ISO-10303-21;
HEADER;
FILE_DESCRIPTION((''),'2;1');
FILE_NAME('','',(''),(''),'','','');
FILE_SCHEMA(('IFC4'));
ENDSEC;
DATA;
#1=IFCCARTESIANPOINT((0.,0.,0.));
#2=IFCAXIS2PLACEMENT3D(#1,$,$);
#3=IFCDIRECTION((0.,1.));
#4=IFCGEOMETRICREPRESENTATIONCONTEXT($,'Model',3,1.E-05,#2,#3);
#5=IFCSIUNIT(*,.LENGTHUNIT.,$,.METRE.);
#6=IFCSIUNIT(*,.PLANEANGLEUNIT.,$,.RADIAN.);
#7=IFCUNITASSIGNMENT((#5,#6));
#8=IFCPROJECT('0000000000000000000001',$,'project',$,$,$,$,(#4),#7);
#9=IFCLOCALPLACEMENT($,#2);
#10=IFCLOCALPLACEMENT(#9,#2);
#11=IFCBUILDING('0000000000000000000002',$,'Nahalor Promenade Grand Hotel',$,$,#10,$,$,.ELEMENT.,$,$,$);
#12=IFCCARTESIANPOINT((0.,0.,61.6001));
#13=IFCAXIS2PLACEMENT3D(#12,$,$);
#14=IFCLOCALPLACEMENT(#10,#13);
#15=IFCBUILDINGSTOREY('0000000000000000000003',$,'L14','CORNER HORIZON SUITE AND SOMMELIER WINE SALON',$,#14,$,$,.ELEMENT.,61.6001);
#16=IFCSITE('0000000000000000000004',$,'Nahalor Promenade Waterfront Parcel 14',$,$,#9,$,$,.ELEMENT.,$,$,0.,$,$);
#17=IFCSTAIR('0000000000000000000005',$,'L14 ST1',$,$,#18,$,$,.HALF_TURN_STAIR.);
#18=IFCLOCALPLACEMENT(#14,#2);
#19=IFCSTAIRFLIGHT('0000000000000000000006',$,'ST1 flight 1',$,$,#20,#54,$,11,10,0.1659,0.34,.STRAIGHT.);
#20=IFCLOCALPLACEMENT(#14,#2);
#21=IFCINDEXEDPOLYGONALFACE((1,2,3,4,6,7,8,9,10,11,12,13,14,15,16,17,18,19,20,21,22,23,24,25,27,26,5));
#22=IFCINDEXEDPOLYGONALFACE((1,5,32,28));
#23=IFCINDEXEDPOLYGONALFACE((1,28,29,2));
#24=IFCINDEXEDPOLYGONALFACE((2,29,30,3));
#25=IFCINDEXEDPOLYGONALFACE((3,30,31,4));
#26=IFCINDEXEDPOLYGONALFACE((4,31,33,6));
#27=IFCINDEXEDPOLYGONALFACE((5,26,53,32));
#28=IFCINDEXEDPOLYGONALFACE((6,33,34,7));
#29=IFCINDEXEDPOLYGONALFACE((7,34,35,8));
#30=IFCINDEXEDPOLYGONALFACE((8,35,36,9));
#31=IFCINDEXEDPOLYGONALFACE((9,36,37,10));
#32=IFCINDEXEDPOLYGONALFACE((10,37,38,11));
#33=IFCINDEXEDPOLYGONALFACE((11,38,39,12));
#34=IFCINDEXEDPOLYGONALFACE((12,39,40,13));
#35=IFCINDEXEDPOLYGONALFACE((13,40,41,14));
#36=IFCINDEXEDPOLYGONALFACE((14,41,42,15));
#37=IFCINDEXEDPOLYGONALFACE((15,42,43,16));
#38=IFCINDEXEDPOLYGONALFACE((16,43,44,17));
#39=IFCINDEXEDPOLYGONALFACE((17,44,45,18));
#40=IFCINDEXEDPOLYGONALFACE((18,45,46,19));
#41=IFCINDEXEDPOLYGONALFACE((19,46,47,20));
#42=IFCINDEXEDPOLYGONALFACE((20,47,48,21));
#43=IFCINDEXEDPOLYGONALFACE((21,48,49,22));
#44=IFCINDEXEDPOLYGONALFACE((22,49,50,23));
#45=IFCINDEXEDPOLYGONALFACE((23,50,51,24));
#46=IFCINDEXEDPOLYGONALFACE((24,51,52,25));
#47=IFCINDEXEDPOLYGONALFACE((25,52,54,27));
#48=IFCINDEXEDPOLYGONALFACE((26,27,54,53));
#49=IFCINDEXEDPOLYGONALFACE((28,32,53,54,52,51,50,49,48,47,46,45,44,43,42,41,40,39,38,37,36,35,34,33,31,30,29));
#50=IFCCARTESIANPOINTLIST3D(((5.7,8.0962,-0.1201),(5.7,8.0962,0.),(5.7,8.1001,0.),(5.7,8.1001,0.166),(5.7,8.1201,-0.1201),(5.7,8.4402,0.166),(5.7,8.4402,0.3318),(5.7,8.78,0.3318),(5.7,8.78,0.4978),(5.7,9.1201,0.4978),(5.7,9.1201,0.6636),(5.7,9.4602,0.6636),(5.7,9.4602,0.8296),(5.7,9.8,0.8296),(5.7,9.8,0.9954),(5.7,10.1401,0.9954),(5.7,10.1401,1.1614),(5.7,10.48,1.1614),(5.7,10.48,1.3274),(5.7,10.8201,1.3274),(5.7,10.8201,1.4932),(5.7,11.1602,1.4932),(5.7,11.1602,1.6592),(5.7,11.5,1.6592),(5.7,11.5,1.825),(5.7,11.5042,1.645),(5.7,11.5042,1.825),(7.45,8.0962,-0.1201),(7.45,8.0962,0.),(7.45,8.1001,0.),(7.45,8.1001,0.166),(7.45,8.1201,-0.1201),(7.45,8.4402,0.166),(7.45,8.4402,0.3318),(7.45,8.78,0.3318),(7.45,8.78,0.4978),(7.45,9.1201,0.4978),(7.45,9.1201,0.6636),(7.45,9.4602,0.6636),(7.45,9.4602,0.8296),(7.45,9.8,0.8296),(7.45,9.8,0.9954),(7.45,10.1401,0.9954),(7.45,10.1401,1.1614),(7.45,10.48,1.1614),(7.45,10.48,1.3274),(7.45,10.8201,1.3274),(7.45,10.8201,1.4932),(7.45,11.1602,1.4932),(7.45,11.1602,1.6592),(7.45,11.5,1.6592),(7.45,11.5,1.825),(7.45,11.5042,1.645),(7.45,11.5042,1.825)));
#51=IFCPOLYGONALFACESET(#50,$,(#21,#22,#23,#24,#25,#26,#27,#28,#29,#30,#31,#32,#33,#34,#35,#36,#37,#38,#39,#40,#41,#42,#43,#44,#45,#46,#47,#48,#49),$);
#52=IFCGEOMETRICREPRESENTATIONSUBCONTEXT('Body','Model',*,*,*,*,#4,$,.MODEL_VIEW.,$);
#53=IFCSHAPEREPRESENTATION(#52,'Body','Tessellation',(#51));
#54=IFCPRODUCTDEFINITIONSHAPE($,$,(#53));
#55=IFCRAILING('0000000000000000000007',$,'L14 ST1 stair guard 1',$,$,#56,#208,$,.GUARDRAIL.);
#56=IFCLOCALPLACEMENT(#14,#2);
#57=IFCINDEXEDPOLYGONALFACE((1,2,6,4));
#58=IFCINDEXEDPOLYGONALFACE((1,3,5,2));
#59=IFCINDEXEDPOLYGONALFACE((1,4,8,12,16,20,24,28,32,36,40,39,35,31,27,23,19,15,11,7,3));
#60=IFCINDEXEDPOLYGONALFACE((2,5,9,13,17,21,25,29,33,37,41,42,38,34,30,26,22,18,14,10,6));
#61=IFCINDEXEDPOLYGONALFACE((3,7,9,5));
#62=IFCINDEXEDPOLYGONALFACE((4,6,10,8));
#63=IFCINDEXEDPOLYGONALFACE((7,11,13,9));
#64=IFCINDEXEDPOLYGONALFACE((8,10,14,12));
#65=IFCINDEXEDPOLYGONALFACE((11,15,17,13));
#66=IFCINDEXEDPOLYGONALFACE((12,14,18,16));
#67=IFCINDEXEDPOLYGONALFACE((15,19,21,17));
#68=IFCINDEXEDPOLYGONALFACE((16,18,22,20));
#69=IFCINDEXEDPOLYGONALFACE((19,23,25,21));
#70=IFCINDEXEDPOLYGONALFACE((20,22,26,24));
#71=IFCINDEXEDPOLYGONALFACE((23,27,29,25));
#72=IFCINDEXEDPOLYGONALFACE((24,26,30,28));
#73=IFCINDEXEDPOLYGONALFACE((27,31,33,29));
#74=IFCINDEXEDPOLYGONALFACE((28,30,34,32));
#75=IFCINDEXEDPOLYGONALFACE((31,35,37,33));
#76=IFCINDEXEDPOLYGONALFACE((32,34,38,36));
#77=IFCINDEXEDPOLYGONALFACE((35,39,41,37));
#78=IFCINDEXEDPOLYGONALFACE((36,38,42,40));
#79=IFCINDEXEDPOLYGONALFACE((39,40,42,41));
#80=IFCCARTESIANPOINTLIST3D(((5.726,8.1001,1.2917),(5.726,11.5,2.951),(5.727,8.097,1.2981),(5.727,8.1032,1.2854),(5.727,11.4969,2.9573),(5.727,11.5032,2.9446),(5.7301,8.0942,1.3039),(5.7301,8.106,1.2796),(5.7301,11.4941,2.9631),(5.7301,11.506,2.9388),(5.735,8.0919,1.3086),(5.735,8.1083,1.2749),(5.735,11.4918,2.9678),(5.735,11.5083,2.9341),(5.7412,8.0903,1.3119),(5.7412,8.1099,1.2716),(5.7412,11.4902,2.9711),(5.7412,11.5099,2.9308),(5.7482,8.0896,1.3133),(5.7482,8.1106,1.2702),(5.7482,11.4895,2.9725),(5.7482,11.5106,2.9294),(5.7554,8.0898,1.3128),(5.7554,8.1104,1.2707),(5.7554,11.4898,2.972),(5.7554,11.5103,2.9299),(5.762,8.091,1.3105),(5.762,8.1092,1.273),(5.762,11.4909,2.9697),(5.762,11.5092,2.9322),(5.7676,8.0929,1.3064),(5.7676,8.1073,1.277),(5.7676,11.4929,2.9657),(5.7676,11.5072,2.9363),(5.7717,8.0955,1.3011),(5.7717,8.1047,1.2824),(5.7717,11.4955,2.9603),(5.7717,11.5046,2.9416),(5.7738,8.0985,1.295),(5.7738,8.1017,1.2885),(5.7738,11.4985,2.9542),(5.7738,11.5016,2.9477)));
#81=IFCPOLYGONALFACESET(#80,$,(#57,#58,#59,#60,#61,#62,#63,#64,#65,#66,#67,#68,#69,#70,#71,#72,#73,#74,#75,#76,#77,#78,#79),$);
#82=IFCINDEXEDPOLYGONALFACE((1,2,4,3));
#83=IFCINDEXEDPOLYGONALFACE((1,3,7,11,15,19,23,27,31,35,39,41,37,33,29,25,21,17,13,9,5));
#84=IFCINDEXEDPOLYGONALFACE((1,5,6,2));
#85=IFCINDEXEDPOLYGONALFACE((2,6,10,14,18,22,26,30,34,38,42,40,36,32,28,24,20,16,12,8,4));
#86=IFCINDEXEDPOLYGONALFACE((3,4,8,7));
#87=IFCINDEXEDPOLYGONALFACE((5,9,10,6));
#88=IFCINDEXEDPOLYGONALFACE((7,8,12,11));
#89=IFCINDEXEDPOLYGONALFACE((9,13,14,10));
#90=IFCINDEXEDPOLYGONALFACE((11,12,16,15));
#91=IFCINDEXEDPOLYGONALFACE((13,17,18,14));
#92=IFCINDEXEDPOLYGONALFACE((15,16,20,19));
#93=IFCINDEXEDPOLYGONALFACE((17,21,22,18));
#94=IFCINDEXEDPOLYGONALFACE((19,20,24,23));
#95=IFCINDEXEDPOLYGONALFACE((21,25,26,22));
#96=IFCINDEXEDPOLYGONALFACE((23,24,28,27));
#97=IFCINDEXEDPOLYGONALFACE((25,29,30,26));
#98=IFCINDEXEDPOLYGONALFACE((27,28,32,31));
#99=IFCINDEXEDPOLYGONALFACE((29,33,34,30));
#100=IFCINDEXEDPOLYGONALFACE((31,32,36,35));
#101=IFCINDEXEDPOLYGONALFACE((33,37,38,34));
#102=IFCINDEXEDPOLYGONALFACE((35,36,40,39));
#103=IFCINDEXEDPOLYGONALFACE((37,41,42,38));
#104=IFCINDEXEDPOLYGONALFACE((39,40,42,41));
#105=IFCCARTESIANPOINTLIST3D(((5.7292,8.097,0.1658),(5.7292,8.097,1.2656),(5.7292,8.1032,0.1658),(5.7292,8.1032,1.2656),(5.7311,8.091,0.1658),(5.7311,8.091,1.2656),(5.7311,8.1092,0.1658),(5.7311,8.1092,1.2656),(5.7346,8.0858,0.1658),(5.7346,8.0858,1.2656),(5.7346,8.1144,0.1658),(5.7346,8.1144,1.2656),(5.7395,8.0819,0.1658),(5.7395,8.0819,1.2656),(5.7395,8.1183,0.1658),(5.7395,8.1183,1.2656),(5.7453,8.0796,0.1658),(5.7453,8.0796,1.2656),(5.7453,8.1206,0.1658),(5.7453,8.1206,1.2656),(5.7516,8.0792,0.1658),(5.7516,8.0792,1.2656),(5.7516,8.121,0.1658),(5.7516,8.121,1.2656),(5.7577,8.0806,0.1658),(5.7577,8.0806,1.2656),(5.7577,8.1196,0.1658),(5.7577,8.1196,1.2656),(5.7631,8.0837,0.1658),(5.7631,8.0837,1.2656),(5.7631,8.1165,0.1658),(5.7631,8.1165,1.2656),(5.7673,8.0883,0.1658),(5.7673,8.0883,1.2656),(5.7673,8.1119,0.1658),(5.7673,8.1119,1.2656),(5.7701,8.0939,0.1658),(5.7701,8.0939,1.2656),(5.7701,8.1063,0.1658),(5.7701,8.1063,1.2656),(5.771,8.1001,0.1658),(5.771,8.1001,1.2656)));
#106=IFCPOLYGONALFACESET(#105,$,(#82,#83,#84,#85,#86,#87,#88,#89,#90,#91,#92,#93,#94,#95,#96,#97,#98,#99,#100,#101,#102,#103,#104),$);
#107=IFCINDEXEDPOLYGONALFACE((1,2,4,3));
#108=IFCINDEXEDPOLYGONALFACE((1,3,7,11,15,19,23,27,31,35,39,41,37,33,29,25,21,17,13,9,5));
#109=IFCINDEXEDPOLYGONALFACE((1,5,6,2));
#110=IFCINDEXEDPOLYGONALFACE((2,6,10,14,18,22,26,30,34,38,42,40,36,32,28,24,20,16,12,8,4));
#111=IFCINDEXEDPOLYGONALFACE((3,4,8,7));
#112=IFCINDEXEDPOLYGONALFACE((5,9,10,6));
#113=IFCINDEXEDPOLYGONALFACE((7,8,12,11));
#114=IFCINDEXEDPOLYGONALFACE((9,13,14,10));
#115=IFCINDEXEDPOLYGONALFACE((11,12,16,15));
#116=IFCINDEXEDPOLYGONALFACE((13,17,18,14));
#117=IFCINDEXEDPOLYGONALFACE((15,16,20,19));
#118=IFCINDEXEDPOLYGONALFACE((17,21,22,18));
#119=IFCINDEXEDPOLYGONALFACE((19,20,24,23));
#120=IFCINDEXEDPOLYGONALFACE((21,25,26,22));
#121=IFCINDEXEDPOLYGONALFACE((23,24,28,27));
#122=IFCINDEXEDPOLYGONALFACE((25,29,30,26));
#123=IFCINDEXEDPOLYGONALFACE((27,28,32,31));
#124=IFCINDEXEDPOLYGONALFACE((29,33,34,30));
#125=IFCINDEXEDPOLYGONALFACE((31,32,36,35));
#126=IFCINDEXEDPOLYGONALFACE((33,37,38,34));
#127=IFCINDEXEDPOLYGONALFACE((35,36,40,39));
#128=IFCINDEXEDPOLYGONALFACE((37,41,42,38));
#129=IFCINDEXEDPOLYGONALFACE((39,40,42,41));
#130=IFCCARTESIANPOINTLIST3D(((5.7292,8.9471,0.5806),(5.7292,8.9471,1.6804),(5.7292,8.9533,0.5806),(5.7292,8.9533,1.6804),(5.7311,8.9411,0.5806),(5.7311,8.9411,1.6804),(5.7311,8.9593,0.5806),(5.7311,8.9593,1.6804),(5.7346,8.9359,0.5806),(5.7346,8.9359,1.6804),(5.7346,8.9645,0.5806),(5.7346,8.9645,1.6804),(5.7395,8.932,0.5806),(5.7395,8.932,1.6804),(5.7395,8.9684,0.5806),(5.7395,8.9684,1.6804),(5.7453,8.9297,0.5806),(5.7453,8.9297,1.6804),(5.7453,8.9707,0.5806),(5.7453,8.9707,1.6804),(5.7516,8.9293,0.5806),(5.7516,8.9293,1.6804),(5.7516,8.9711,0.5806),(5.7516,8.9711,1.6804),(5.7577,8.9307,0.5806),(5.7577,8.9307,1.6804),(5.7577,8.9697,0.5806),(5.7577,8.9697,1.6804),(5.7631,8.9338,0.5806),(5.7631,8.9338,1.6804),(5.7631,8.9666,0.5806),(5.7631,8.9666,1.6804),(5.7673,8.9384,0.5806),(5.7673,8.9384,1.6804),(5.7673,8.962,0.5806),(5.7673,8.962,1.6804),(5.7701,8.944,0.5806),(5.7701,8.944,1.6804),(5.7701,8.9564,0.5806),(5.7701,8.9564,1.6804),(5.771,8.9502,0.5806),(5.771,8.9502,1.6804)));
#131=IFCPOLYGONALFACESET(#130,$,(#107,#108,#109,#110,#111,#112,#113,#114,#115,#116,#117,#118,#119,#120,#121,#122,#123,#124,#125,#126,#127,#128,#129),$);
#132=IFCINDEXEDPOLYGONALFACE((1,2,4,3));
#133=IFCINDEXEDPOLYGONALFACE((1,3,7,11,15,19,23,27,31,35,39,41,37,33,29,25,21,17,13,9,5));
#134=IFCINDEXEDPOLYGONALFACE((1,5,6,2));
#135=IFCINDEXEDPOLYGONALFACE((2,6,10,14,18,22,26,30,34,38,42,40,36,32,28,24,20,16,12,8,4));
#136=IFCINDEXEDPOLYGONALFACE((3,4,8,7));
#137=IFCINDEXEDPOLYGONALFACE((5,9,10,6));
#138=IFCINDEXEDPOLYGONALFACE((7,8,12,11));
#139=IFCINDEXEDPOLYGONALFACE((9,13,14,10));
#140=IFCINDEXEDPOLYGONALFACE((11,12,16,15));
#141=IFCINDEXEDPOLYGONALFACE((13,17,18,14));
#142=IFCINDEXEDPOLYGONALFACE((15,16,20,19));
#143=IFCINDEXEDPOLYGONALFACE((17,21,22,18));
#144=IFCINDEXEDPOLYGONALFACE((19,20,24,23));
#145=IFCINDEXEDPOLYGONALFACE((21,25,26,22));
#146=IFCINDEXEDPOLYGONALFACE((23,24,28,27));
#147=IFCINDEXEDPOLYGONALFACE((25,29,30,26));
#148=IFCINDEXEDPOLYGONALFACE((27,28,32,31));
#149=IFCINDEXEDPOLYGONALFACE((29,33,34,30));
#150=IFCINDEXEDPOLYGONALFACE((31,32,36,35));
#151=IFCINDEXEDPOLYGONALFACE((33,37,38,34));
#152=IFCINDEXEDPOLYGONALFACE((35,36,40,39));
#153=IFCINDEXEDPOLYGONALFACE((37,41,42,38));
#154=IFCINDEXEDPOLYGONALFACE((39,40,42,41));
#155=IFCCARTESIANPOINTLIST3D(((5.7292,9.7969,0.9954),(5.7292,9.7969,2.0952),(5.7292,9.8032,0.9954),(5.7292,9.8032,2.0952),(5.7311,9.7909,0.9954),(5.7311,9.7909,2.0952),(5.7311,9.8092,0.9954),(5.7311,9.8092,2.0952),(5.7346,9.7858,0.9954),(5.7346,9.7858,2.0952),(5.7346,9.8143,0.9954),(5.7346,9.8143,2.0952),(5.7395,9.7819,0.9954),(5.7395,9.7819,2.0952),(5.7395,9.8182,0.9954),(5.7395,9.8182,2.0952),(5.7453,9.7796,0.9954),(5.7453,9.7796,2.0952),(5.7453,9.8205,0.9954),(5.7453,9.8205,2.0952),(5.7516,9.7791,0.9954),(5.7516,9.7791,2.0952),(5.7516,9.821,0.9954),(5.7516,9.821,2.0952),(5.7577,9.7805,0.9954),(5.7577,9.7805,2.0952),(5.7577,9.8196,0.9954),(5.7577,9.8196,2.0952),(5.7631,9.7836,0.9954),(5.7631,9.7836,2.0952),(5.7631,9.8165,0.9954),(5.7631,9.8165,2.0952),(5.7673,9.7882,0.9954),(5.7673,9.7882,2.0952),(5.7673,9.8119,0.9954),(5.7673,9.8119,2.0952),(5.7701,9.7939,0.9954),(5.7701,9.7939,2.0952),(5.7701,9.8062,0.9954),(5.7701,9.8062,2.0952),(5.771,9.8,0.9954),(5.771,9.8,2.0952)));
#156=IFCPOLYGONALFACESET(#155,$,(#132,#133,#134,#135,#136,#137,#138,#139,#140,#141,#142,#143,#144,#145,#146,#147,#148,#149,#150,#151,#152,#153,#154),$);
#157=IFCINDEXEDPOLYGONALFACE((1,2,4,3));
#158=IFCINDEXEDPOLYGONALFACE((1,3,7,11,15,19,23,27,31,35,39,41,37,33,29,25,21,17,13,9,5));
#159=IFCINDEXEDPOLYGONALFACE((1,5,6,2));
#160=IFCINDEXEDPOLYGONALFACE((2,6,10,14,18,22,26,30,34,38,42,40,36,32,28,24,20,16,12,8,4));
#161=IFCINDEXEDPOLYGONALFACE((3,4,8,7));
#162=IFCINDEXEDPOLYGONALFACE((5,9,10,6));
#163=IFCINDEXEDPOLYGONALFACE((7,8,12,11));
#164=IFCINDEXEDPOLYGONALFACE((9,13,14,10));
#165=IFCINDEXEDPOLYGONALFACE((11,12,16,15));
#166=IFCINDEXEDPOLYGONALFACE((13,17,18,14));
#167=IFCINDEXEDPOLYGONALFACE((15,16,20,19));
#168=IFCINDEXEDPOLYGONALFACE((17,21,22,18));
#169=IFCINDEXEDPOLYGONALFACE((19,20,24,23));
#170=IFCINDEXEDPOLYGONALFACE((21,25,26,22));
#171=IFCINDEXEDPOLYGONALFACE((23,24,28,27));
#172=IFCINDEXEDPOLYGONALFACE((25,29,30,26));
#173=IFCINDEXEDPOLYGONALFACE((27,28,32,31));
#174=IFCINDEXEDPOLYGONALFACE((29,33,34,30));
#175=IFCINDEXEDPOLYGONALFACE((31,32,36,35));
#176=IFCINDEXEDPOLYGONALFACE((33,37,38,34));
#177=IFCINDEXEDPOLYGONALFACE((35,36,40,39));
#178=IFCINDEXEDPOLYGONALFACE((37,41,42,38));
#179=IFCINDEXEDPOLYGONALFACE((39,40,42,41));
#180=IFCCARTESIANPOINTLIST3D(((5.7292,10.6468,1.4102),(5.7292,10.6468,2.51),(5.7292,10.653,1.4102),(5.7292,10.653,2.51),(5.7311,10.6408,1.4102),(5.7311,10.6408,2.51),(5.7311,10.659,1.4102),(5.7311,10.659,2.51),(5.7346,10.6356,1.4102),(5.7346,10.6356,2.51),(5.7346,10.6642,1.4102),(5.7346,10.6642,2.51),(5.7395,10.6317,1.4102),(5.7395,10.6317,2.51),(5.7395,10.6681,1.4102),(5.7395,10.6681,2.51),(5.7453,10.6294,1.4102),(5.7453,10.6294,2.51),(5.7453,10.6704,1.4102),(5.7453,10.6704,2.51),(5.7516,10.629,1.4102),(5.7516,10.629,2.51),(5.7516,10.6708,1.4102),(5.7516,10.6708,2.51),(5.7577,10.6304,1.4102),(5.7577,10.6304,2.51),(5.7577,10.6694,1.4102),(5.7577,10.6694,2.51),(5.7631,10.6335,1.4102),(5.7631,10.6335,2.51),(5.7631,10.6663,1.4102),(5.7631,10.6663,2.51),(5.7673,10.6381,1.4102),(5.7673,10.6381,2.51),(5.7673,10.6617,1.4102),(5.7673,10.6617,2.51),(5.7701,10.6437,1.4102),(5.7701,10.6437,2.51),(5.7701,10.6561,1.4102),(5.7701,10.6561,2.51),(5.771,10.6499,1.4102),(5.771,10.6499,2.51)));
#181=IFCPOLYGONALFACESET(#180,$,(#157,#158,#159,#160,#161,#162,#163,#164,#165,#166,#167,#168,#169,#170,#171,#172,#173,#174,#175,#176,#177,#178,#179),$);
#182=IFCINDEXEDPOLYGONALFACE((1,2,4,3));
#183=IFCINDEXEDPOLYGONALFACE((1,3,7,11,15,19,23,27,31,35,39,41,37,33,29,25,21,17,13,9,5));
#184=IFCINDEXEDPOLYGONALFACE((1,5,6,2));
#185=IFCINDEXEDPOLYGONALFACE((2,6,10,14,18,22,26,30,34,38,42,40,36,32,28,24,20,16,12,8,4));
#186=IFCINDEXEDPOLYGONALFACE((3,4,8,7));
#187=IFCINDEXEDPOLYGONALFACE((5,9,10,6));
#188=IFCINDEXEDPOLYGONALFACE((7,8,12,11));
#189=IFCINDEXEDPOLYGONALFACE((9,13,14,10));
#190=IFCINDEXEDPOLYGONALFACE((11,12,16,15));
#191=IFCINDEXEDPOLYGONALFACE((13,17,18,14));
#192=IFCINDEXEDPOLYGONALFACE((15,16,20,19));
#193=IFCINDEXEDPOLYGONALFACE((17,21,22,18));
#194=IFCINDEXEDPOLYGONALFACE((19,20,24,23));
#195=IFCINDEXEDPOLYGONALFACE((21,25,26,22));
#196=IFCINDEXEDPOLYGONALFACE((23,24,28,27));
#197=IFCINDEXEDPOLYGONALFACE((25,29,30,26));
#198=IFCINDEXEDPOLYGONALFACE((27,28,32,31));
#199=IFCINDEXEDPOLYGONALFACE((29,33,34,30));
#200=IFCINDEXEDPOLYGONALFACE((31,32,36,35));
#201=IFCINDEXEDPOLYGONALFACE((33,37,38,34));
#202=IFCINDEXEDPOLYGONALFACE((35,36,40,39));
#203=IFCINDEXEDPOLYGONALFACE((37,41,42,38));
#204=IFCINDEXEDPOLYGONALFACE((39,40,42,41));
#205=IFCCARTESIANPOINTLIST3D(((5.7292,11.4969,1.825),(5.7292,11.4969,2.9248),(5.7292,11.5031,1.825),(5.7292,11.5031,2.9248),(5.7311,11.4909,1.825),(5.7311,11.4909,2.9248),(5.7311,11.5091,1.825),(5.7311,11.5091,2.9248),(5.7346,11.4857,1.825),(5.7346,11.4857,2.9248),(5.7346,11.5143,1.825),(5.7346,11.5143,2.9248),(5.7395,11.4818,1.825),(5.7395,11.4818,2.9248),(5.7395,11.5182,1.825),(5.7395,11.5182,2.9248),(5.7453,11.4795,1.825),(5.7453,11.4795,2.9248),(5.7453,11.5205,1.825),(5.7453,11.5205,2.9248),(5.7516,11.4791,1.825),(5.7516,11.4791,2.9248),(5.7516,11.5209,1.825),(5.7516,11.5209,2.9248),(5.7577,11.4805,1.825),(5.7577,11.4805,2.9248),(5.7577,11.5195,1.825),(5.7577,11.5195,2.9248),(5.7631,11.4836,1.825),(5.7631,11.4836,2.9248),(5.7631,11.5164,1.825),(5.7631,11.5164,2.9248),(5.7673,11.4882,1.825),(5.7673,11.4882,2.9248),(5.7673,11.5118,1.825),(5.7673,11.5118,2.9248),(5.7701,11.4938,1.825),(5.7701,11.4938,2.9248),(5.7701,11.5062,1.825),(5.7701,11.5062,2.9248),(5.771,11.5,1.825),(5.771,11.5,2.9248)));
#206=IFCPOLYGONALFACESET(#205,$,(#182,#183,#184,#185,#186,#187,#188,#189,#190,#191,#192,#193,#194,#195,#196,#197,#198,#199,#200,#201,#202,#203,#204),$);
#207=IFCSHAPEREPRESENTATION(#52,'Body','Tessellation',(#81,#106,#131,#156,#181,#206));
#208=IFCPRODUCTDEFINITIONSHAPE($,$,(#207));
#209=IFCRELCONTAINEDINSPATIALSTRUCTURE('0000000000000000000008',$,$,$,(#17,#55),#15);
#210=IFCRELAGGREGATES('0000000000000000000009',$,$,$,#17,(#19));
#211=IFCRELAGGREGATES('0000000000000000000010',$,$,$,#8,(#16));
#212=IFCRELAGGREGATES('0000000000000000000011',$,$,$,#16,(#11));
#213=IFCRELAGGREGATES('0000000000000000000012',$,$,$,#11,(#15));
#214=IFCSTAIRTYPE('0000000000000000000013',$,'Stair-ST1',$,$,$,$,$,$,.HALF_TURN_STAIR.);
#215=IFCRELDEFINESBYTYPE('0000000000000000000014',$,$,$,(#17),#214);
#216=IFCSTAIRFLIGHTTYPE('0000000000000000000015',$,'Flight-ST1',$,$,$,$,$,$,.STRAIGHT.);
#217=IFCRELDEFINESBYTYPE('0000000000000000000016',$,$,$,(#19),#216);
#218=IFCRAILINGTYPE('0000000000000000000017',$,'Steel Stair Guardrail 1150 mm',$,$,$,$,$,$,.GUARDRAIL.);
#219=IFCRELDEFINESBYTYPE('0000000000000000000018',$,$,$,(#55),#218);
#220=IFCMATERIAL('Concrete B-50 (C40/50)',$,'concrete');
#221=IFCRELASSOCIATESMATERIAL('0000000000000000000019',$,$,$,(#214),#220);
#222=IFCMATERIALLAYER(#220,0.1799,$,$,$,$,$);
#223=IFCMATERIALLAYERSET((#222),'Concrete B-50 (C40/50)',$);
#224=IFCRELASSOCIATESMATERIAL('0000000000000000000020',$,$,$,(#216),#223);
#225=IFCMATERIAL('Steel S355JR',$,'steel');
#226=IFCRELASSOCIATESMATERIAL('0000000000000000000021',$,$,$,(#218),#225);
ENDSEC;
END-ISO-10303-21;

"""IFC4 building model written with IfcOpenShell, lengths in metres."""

from ifc_helpers import new_model, si_unit, direction, frame, origin, origin_2d, place, context, subcontext, project, spatial, polyline, circle, outline, extrude, source, transform, mapped, material, layer, layer_set, type_object, element, aggregate, save


model = new_model("IFC4")

# Units and contexts
model_context = context("Model", 3, precision=1e-05, world=origin(), true_north=direction((0.0, 1.0)))
body_context = subcontext(model_context, "Body", "Model", "MODEL_VIEW")
ifc_project = project(units=[si_unit("LENGTHUNIT", "METRE"), si_unit("PLANEANGLEUNIT", "RADIAN")], contexts=[model_context])

# Site, building, storey
site_placement = place(None, origin())
site = spatial("IfcSite", under=ifc_project, at=site_placement, Name="Nahalor Promenade Waterfront Parcel 14", CompositionType="ELEMENT", RefElevation=0.0)
building_placement = place(site_placement, origin())
building = spatial("IfcBuilding", under=site, at=building_placement, Name="Nahalor Promenade Grand Hotel", CompositionType="ELEMENT")
storey_placement = place(building_placement, frame((0.0, 0.0, 61.6001)))
storey = spatial("IfcBuildingStorey", under=building, at=storey_placement, Name="L14", Description="CORNER HORIZON SUITE AND SOMMELIER WINE SALON", CompositionType="ELEMENT", Elevation=61.6001)

# Shared definitions
ifc_material_1 = material(Name="Concrete B-50 (C40/50)", Category="concrete")

# Shared definitions
ifc_material_2 = material(Name="Steel S355JR", Category="steel")

# Stair, stair flight
stair_type = type_object("IfcStairType", Name="Stair-ST1", PredefinedType="HALF_TURN_STAIR", material=ifc_material_1)
stair_placement = place(storey_placement, origin())
stair = element("IfcStair", 1, at=stair_placement, inside=storey, type_object=stair_type, Name="L14 ST1", PredefinedType="HALF_TURN_STAIR")
ifc_layer_1 = layer(ifc_material_1, 0.1799)
ifc_layer_set_1 = layer_set([ifc_layer_1], Name="Concrete B-50 (C40/50)")
stair_flight_type = type_object("IfcStairFlightType", Name="Flight-ST1", PredefinedType="STRAIGHT", material=ifc_layer_set_1)
shared_shape_1 = source(origin(), body_context, "Body", "SweptSolid", [
    extrude(outline(polyline([(-0.0039, -0.1201), (-0.0039, 0.0), (0.0, 0.0), (0.0, 0.166), (0.3401, 0.166), (0.3401, 0.3318), (0.6799, 0.3318), (0.6799, 0.4978), (1.02, 0.4978), (1.02, 0.6636), (1.3601, 0.6636), (1.3601, 0.8296), (1.7, 0.8296), (1.7, 0.9954), (2.04, 0.9954), (2.04, 1.1614), (2.3799, 1.1614), (2.3799, 1.3274), (2.72, 1.3274), (2.72, 1.4932), (3.0601, 1.4932), (3.0601, 1.6592), (3.3999, 1.6592), (3.3999, 1.825), (3.4041, 1.825), (3.4041, 1.645), (0.02, -0.1201), (-0.0039, -0.1201)])), frame((0.0, 0.875, 0.0), z_axis=(0.0, -1.0, 0.0), x_axis=(1.0, 0.0, 0.0)), (0.0, 0.0, 1.0), 1.75),
])
stair_flight_placement = place(storey_placement, frame((6.575, 8.1001, 0.0), z_axis=(0.0, 0.0, 1.0), x_axis=(0.0, 1.0, 0.0)))
stair_flight = element("IfcStairFlight", 2, at=stair_flight_placement, type_object=stair_flight_type, Name="ST1 flight 1", NumberOfRisers=11, NumberOfTreads=10, PredefinedType="STRAIGHT", RiserHeight=0.1659, TreadLength=0.34, context=body_context, shape_type="MappedRepresentation", body=[
    mapped(shared_shape_1, transform((0.0, 0.0, 0.0), scale=1.0)),
])
aggregate(stair, [stair_flight])

# Railing
railing_type_1 = type_object("IfcRailingType", Name="Steel Stair Guardrail 1150 mm", PredefinedType="GUARDRAIL", material=ifc_material_2)
railing_1_placement = place(storey_placement, frame((5.75, 8.1001, 0.1658)))
element("IfcRailing", 3, at=railing_1_placement, inside=storey, type_object=railing_type_1, Name="L14 ST1 stair guard 1", PredefinedType="GUARDRAIL", context=body_context, shape_type="SweptSolid", body=[
    extrude(circle(Radius=0.024, at=origin_2d()), frame((0.0, 0.0, 1.126), z_axis=(0.0, 0.898696, 0.438571), x_axis=(-1.0, 0.0, 0.0)), (0.0, 0.0, 1.0), 3.7832),
    extrude(circle(Radius=0.021, at=origin_2d()), origin(), (0.0, 0.0, 1.0), 1.0999),
    extrude(circle(Radius=0.021, at=origin_2d()), frame((0.0, 0.8501, 0.4148)), (0.0, 0.0, 1.0), 1.0999),
    extrude(circle(Radius=0.021, at=origin_2d()), frame((0.0, 1.7, 0.8296)), (0.0, 0.0, 1.0), 1.0999),
    extrude(circle(Radius=0.021, at=origin_2d()), frame((0.0, 2.5498, 1.2444)), (0.0, 0.0, 1.0), 1.0999),
    extrude(circle(Radius=0.021, at=origin_2d()), frame((0.0, 3.3999, 1.6592)), (0.0, 0.0, 1.0), 1.0999),
])

save(model, "model.ifc")
